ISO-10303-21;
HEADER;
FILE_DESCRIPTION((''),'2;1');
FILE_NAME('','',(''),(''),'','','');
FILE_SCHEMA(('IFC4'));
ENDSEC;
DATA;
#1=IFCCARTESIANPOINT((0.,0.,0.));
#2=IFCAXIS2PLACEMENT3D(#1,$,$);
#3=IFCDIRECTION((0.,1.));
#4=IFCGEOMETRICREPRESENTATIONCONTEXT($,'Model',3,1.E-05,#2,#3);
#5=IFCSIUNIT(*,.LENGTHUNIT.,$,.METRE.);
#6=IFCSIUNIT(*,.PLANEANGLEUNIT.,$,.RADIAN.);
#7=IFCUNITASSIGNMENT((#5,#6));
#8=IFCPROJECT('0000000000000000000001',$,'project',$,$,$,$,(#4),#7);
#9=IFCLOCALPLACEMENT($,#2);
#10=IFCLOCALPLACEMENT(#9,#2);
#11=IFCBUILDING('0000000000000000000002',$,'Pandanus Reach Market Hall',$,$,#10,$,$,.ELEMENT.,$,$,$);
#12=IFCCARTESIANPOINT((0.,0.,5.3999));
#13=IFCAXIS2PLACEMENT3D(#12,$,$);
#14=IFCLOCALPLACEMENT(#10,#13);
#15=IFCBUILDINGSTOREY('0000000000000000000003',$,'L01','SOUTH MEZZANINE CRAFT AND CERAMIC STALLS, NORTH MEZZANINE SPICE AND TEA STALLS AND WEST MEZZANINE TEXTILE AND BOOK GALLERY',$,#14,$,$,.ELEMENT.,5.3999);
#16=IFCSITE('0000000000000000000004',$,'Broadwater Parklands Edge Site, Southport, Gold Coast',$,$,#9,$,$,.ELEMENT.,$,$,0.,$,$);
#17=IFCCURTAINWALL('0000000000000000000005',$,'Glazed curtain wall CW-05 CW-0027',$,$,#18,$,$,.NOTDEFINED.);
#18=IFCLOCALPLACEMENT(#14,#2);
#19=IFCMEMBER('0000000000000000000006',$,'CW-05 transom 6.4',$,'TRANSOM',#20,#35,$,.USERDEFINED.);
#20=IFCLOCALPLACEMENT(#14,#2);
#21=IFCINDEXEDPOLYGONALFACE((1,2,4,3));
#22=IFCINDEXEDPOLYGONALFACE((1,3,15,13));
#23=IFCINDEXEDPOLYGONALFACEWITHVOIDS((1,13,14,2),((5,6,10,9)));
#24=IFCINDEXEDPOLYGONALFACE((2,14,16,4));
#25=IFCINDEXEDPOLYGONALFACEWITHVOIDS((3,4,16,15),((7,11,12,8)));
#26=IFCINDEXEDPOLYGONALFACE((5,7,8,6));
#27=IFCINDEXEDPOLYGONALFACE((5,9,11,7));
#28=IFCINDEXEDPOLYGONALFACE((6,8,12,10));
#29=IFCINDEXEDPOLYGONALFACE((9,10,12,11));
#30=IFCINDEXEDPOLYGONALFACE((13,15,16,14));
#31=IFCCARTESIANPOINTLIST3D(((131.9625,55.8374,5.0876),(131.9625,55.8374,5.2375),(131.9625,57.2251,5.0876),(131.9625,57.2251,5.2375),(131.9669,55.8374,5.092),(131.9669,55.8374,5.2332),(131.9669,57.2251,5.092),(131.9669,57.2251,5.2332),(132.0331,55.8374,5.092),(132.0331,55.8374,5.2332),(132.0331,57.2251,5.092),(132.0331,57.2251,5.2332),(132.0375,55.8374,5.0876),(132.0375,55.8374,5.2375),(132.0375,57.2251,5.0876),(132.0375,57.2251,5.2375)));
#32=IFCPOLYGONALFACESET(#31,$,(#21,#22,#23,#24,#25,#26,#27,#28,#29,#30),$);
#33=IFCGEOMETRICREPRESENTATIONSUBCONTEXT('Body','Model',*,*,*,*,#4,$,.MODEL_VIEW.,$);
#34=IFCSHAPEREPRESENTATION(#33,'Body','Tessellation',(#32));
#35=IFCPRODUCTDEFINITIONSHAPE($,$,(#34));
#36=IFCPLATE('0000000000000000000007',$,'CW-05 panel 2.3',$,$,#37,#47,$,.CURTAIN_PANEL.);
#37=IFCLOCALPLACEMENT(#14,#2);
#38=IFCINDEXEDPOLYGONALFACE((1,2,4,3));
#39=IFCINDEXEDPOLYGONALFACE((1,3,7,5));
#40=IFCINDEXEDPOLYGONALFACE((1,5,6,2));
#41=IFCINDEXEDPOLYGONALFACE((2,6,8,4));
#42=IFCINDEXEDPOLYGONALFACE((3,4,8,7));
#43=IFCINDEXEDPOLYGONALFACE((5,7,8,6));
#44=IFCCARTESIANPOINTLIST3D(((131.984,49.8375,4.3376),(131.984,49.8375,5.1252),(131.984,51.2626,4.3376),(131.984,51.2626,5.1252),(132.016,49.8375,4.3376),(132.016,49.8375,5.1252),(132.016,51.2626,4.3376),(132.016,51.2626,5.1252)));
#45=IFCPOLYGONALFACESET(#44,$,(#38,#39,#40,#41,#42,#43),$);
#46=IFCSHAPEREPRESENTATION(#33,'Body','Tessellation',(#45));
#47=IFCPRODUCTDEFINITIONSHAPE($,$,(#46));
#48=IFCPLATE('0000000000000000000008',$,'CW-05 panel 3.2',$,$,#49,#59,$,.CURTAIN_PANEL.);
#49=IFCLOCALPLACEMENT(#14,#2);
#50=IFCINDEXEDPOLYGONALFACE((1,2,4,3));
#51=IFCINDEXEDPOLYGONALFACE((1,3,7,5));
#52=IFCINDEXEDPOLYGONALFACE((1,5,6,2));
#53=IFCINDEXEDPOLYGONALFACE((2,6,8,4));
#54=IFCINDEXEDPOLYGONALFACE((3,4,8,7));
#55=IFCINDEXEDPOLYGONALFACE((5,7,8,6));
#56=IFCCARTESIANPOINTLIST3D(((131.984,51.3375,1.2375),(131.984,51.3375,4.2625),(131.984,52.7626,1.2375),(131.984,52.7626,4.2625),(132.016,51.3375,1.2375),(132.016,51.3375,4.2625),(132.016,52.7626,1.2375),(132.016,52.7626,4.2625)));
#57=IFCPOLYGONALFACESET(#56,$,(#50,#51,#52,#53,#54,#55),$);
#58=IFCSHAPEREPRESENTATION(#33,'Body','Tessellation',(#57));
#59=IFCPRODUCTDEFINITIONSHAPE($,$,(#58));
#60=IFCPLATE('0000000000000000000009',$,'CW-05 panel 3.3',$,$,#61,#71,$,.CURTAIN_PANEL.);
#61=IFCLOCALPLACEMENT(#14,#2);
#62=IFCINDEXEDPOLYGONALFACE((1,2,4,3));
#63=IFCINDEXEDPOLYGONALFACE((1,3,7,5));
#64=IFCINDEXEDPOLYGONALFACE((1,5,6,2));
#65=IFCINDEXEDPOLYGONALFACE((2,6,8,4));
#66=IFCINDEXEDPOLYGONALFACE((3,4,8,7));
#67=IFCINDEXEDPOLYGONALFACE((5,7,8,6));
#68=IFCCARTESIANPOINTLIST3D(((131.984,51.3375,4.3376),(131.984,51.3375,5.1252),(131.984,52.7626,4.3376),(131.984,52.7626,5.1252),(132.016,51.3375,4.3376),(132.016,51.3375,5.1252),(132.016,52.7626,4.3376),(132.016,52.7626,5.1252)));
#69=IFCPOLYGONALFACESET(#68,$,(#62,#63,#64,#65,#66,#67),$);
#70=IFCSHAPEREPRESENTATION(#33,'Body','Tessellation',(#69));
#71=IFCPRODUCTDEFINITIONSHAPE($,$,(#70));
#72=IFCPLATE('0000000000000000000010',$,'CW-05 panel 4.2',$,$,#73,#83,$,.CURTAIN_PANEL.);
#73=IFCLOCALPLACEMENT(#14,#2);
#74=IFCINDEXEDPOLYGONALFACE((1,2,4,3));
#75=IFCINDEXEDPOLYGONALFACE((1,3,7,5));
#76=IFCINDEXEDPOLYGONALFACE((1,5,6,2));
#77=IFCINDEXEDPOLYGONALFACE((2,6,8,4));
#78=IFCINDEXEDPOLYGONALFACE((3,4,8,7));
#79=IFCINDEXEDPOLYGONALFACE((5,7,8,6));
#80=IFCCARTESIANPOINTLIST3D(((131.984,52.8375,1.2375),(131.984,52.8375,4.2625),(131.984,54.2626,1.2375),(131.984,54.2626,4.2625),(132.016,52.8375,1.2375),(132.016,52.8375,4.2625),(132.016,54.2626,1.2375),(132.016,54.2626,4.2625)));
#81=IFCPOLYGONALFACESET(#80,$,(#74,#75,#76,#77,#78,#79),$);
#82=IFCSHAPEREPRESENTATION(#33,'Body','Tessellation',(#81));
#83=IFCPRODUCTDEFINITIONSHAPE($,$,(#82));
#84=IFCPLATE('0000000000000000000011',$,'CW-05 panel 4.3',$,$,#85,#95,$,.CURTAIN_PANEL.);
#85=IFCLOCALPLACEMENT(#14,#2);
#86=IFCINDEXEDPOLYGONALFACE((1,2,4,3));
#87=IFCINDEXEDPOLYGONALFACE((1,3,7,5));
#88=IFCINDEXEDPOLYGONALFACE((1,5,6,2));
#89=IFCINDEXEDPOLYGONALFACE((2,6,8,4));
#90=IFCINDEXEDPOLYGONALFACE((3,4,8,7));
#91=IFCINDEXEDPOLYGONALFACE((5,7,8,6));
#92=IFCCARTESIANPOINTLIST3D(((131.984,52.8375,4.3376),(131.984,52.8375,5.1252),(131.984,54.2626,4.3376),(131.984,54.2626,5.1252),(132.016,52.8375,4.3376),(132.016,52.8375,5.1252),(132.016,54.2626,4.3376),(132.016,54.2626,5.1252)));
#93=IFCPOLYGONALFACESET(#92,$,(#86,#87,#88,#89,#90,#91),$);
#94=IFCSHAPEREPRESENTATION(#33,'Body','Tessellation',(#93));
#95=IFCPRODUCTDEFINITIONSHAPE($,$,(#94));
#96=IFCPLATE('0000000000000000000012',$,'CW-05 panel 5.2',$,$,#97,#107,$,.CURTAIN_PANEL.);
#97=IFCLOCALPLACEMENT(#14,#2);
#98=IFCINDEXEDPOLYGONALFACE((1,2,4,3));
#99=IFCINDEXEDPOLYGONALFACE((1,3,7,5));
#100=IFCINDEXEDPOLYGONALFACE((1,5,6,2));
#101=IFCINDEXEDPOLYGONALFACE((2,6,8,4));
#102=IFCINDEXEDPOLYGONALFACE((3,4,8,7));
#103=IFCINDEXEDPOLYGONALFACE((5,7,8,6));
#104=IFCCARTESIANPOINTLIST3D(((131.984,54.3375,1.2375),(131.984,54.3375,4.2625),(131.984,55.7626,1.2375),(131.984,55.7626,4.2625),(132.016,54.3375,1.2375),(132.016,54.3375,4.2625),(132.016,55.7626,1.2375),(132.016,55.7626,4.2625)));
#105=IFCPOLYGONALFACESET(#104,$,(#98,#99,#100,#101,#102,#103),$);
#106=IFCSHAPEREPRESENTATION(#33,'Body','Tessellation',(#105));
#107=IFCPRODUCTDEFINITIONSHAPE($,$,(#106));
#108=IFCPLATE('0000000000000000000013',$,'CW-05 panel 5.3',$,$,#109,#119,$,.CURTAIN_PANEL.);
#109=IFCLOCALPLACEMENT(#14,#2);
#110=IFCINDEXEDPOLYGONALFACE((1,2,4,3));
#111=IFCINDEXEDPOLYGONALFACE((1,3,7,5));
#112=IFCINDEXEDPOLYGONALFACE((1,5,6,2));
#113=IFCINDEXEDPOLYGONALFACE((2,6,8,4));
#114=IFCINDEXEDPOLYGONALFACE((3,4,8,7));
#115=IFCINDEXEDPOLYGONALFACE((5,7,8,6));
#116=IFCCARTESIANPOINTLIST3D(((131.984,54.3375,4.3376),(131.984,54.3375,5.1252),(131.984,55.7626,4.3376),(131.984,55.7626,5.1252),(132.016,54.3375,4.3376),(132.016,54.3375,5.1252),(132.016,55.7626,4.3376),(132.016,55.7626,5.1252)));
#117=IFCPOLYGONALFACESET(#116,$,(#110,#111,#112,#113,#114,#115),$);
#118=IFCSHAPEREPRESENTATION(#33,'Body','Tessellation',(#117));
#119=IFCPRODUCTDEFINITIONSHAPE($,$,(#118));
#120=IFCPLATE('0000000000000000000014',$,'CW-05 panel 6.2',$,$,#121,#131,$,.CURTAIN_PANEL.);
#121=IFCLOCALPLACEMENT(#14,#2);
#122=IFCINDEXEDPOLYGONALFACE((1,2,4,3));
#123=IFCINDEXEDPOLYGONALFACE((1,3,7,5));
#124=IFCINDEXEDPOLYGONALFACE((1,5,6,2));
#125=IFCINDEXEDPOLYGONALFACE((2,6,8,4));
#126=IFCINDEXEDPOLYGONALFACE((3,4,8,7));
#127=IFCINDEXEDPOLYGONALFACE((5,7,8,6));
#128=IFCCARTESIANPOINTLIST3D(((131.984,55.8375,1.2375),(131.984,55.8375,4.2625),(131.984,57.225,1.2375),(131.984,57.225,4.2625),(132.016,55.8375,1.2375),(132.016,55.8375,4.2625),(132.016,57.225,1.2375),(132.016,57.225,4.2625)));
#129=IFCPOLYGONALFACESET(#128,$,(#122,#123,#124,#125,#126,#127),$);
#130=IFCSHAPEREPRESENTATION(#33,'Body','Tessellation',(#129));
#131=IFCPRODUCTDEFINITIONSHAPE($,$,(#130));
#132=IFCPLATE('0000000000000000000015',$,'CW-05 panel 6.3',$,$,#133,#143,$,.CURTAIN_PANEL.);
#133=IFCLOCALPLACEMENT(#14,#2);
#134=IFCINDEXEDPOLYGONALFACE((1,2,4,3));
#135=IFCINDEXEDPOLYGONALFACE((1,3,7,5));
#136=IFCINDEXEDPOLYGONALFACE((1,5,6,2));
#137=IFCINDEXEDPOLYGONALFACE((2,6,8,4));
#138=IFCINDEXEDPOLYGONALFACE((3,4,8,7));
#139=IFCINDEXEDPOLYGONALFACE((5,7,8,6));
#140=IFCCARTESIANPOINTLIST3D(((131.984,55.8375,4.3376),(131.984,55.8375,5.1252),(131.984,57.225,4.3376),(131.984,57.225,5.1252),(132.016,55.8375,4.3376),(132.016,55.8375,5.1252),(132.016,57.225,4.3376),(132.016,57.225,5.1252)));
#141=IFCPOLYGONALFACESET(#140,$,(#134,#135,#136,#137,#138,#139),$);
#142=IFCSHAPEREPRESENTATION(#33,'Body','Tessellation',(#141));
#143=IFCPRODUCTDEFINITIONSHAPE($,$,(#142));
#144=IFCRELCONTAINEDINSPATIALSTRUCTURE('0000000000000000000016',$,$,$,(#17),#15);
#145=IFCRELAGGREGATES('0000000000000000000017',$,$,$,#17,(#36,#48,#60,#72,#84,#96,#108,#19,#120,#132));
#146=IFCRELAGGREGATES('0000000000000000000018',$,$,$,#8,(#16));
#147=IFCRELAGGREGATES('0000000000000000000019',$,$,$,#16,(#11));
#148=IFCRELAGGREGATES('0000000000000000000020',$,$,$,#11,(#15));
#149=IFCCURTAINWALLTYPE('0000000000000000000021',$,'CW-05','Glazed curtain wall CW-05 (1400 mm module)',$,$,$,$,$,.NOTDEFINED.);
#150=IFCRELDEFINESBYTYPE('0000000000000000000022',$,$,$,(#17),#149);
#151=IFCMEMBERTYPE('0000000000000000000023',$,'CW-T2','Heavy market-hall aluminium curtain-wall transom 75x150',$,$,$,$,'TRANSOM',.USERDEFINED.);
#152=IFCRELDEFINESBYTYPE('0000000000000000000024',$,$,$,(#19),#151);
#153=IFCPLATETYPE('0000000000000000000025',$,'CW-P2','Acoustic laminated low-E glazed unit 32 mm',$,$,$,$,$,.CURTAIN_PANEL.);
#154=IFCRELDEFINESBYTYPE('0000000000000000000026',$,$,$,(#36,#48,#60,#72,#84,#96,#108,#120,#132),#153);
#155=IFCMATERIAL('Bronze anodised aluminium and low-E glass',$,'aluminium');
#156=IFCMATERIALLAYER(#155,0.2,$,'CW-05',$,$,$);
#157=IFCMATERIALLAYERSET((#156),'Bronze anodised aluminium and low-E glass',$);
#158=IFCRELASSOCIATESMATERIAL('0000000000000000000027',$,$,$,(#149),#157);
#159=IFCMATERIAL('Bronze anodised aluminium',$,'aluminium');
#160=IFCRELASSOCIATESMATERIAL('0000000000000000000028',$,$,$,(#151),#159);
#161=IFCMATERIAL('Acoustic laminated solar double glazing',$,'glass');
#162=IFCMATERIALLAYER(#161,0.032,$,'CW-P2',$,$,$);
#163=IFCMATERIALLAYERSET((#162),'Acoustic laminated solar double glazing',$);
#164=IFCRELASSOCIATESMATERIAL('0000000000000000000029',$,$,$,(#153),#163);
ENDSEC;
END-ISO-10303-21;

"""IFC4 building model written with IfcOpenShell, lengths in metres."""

from ifc_helpers import new_model, si_unit, direction, frame, origin, origin_2d, place, context, subcontext, project, spatial, rectangle, hollow_rectangle, extrude, material, layer, layer_set, material_profile, profile_set, type_object, element, aggregate, save


model = new_model("IFC4")

# Units and contexts
model_context = context("Model", 3, precision=1e-05, world=origin(), true_north=direction((0.0, 1.0)))
body_context = subcontext(model_context, "Body", "Model", "MODEL_VIEW")
ifc_project = project(units=[si_unit("LENGTHUNIT", "METRE"), si_unit("PLANEANGLEUNIT", "RADIAN")], contexts=[model_context])

# Site, building, storey
site_placement = place(None, origin())
site = spatial("IfcSite", under=ifc_project, at=site_placement, Name="Broadwater Parklands Edge Site, Southport, Gold Coast", CompositionType="ELEMENT", RefElevation=0.0)
building_placement = place(site_placement, origin())
building = spatial("IfcBuilding", under=site, at=building_placement, Name="Pandanus Reach Market Hall", CompositionType="ELEMENT")
storey_placement = place(building_placement, frame((0.0, 0.0, 5.3999)))
storey = spatial("IfcBuildingStorey", under=building, at=storey_placement, Name="L01", Description="SOUTH MEZZANINE CRAFT AND CERAMIC STALLS, NORTH MEZZANINE SPICE AND TEA STALLS AND WEST MEZZANINE TEXTILE AND BOOK GALLERY", CompositionType="ELEMENT", Elevation=5.3999)

# Curtain wall, member, plates
ifc_material_1 = material(Name="Bronze anodised aluminium and low-E glass", Category="aluminium")
ifc_layer_1 = layer(ifc_material_1, 0.2, Name="CW-05")
ifc_layer_set_1 = layer_set([ifc_layer_1], Name="Bronze anodised aluminium and low-E glass")
curtain_wall_type = type_object("IfcCurtainWallType", Name="CW-05", Description="Glazed curtain wall CW-05 (1400 mm module)", PredefinedType="NOTDEFINED", material=ifc_layer_set_1)
curtain_wall_placement = place(storey_placement, origin())
curtain_wall = element("IfcCurtainWall", 1, at=curtain_wall_placement, inside=storey, type_object=curtain_wall_type, Name="Glazed curtain wall CW-05 CW-0027", PredefinedType="NOTDEFINED")
ifc_material_2 = material(Name="Bronze anodised aluminium", Category="aluminium")
ifc_material_profile_1 = material_profile(ifc_material_2, hollow_rectangle(XDim=0.075, YDim=0.1499, WallThickness=0.0044, at=origin_2d()), Name="ALU75x150", Category="LoadBearing")
ifc_profile_set_1 = profile_set([ifc_material_profile_1], Name="Bronze anodised aluminium")
member_type_1 = type_object("IfcMemberType", Name="CW-T2", Description="Heavy market-hall aluminium curtain-wall transom 75x150", ElementType="TRANSOM", PredefinedType="USERDEFINED", material=ifc_profile_set_1)
member_1_placement = place(storey_placement, frame((132.0, 55.8374, 5.1626), z_axis=(0.0, 1.0, 0.0), x_axis=(-1.0, 0.0, 0.0)))
member_1 = element("IfcMember", 2, at=member_1_placement, type_object=member_type_1, Name="CW-05 transom 6.4", ObjectType="TRANSOM", PredefinedType="USERDEFINED", context=body_context, shape_type="SweptSolid", body=[
    extrude(hollow_rectangle(XDim=0.075, YDim=0.1499, WallThickness=0.0044, at=origin_2d()), origin(), (0.0, 0.0, 1.0), 1.3877),
])
ifc_material_3 = material(Name="Acoustic laminated solar double glazing", Category="glass")
ifc_layer_2 = layer(ifc_material_3, 0.032, Name="CW-P2")
ifc_layer_set_2 = layer_set([ifc_layer_2], Name="Acoustic laminated solar double glazing")
plate_type = type_object("IfcPlateType", Name="CW-P2", Description="Acoustic laminated low-E glazed unit 32 mm", PredefinedType="CURTAIN_PANEL", material=ifc_layer_set_2)
plate_1_placement = place(storey_placement, frame((132.0, 50.55, 4.3376), z_axis=(0.0, 0.0, 1.0), x_axis=(0.0, 1.0, 0.0)))
plate_1 = element("IfcPlate", 3, at=plate_1_placement, type_object=plate_type, Name="CW-05 panel 2.3", PredefinedType="CURTAIN_PANEL", context=body_context, shape_type="SweptSolid", body=[
    extrude(rectangle(XDim=1.425, YDim=0.032, at=origin_2d()), origin(), (0.0, 0.0, 1.0), 0.7876),
])
plate_2_placement = place(storey_placement, frame((132.0, 52.05, 1.2375), z_axis=(0.0, 0.0, 1.0), x_axis=(0.0, 1.0, 0.0)))
plate_2 = element("IfcPlate", 4, at=plate_2_placement, type_object=plate_type, Name="CW-05 panel 3.2", PredefinedType="CURTAIN_PANEL", context=body_context, shape_type="SweptSolid", body=[
    extrude(rectangle(XDim=1.425, YDim=0.032, at=origin_2d()), origin(), (0.0, 0.0, 1.0), 3.0249),
])
plate_3_placement = place(storey_placement, frame((132.0, 52.05, 4.3376), z_axis=(0.0, 0.0, 1.0), x_axis=(0.0, 1.0, 0.0)))
plate_3 = element("IfcPlate", 5, at=plate_3_placement, type_object=plate_type, Name="CW-05 panel 3.3", PredefinedType="CURTAIN_PANEL", context=body_context, shape_type="SweptSolid", body=[
    extrude(rectangle(XDim=1.425, YDim=0.032, at=origin_2d()), origin(), (0.0, 0.0, 1.0), 0.7876),
])
plate_4_placement = place(storey_placement, frame((132.0, 53.55, 1.2375), z_axis=(0.0, 0.0, 1.0), x_axis=(0.0, 1.0, 0.0)))
plate_4 = element("IfcPlate", 6, at=plate_4_placement, type_object=plate_type, Name="CW-05 panel 4.2", PredefinedType="CURTAIN_PANEL", context=body_context, shape_type="SweptSolid", body=[
    extrude(rectangle(XDim=1.425, YDim=0.032, at=origin_2d()), origin(), (0.0, 0.0, 1.0), 3.0249),
])
plate_5_placement = place(storey_placement, frame((132.0, 53.55, 4.3376), z_axis=(0.0, 0.0, 1.0), x_axis=(0.0, 1.0, 0.0)))
plate_5 = element("IfcPlate", 7, at=plate_5_placement, type_object=plate_type, Name="CW-05 panel 4.3", PredefinedType="CURTAIN_PANEL", context=body_context, shape_type="SweptSolid", body=[
    extrude(rectangle(XDim=1.425, YDim=0.032, at=origin_2d()), origin(), (0.0, 0.0, 1.0), 0.7876),
])
plate_6_placement = place(storey_placement, frame((132.0, 55.05, 1.2375), z_axis=(0.0, 0.0, 1.0), x_axis=(0.0, 1.0, 0.0)))
plate_6 = element("IfcPlate", 8, at=plate_6_placement, type_object=plate_type, Name="CW-05 panel 5.2", PredefinedType="CURTAIN_PANEL", context=body_context, shape_type="SweptSolid", body=[
    extrude(rectangle(XDim=1.425, YDim=0.032, at=origin_2d()), origin(), (0.0, 0.0, 1.0), 3.0249),
])
plate_7_placement = place(storey_placement, frame((132.0, 55.05, 4.3376), z_axis=(0.0, 0.0, 1.0), x_axis=(0.0, 1.0, 0.0)))
plate_7 = element("IfcPlate", 9, at=plate_7_placement, type_object=plate_type, Name="CW-05 panel 5.3", PredefinedType="CURTAIN_PANEL", context=body_context, shape_type="SweptSolid", body=[
    extrude(rectangle(XDim=1.425, YDim=0.032, at=origin_2d()), origin(), (0.0, 0.0, 1.0), 0.7876),
])
plate_8_placement = place(storey_placement, frame((132.0, 56.5312, 1.2375), z_axis=(0.0, 0.0, 1.0), x_axis=(0.0, 1.0, 0.0)))
plate_8 = element("IfcPlate", 10, at=plate_8_placement, type_object=plate_type, Name="CW-05 panel 6.2", PredefinedType="CURTAIN_PANEL", context=body_context, shape_type="SweptSolid", body=[
    extrude(rectangle(XDim=1.3875, YDim=0.032, at=origin_2d()), origin(), (0.0, 0.0, 1.0), 3.0249),
])
plate_9_placement = place(storey_placement, frame((132.0, 56.5312, 4.3376), z_axis=(0.0, 0.0, 1.0), x_axis=(0.0, 1.0, 0.0)))
plate_9 = element("IfcPlate", 11, at=plate_9_placement, type_object=plate_type, Name="CW-05 panel 6.3", PredefinedType="CURTAIN_PANEL", context=body_context, shape_type="SweptSolid", body=[
    extrude(rectangle(XDim=1.3875, YDim=0.032, at=origin_2d()), origin(), (0.0, 0.0, 1.0), 0.7876),
])
aggregate(curtain_wall, [plate_1, plate_2, plate_3, plate_4, plate_5, plate_6, plate_7, member_1, plate_8, plate_9])

save(model, "model.ifc")
